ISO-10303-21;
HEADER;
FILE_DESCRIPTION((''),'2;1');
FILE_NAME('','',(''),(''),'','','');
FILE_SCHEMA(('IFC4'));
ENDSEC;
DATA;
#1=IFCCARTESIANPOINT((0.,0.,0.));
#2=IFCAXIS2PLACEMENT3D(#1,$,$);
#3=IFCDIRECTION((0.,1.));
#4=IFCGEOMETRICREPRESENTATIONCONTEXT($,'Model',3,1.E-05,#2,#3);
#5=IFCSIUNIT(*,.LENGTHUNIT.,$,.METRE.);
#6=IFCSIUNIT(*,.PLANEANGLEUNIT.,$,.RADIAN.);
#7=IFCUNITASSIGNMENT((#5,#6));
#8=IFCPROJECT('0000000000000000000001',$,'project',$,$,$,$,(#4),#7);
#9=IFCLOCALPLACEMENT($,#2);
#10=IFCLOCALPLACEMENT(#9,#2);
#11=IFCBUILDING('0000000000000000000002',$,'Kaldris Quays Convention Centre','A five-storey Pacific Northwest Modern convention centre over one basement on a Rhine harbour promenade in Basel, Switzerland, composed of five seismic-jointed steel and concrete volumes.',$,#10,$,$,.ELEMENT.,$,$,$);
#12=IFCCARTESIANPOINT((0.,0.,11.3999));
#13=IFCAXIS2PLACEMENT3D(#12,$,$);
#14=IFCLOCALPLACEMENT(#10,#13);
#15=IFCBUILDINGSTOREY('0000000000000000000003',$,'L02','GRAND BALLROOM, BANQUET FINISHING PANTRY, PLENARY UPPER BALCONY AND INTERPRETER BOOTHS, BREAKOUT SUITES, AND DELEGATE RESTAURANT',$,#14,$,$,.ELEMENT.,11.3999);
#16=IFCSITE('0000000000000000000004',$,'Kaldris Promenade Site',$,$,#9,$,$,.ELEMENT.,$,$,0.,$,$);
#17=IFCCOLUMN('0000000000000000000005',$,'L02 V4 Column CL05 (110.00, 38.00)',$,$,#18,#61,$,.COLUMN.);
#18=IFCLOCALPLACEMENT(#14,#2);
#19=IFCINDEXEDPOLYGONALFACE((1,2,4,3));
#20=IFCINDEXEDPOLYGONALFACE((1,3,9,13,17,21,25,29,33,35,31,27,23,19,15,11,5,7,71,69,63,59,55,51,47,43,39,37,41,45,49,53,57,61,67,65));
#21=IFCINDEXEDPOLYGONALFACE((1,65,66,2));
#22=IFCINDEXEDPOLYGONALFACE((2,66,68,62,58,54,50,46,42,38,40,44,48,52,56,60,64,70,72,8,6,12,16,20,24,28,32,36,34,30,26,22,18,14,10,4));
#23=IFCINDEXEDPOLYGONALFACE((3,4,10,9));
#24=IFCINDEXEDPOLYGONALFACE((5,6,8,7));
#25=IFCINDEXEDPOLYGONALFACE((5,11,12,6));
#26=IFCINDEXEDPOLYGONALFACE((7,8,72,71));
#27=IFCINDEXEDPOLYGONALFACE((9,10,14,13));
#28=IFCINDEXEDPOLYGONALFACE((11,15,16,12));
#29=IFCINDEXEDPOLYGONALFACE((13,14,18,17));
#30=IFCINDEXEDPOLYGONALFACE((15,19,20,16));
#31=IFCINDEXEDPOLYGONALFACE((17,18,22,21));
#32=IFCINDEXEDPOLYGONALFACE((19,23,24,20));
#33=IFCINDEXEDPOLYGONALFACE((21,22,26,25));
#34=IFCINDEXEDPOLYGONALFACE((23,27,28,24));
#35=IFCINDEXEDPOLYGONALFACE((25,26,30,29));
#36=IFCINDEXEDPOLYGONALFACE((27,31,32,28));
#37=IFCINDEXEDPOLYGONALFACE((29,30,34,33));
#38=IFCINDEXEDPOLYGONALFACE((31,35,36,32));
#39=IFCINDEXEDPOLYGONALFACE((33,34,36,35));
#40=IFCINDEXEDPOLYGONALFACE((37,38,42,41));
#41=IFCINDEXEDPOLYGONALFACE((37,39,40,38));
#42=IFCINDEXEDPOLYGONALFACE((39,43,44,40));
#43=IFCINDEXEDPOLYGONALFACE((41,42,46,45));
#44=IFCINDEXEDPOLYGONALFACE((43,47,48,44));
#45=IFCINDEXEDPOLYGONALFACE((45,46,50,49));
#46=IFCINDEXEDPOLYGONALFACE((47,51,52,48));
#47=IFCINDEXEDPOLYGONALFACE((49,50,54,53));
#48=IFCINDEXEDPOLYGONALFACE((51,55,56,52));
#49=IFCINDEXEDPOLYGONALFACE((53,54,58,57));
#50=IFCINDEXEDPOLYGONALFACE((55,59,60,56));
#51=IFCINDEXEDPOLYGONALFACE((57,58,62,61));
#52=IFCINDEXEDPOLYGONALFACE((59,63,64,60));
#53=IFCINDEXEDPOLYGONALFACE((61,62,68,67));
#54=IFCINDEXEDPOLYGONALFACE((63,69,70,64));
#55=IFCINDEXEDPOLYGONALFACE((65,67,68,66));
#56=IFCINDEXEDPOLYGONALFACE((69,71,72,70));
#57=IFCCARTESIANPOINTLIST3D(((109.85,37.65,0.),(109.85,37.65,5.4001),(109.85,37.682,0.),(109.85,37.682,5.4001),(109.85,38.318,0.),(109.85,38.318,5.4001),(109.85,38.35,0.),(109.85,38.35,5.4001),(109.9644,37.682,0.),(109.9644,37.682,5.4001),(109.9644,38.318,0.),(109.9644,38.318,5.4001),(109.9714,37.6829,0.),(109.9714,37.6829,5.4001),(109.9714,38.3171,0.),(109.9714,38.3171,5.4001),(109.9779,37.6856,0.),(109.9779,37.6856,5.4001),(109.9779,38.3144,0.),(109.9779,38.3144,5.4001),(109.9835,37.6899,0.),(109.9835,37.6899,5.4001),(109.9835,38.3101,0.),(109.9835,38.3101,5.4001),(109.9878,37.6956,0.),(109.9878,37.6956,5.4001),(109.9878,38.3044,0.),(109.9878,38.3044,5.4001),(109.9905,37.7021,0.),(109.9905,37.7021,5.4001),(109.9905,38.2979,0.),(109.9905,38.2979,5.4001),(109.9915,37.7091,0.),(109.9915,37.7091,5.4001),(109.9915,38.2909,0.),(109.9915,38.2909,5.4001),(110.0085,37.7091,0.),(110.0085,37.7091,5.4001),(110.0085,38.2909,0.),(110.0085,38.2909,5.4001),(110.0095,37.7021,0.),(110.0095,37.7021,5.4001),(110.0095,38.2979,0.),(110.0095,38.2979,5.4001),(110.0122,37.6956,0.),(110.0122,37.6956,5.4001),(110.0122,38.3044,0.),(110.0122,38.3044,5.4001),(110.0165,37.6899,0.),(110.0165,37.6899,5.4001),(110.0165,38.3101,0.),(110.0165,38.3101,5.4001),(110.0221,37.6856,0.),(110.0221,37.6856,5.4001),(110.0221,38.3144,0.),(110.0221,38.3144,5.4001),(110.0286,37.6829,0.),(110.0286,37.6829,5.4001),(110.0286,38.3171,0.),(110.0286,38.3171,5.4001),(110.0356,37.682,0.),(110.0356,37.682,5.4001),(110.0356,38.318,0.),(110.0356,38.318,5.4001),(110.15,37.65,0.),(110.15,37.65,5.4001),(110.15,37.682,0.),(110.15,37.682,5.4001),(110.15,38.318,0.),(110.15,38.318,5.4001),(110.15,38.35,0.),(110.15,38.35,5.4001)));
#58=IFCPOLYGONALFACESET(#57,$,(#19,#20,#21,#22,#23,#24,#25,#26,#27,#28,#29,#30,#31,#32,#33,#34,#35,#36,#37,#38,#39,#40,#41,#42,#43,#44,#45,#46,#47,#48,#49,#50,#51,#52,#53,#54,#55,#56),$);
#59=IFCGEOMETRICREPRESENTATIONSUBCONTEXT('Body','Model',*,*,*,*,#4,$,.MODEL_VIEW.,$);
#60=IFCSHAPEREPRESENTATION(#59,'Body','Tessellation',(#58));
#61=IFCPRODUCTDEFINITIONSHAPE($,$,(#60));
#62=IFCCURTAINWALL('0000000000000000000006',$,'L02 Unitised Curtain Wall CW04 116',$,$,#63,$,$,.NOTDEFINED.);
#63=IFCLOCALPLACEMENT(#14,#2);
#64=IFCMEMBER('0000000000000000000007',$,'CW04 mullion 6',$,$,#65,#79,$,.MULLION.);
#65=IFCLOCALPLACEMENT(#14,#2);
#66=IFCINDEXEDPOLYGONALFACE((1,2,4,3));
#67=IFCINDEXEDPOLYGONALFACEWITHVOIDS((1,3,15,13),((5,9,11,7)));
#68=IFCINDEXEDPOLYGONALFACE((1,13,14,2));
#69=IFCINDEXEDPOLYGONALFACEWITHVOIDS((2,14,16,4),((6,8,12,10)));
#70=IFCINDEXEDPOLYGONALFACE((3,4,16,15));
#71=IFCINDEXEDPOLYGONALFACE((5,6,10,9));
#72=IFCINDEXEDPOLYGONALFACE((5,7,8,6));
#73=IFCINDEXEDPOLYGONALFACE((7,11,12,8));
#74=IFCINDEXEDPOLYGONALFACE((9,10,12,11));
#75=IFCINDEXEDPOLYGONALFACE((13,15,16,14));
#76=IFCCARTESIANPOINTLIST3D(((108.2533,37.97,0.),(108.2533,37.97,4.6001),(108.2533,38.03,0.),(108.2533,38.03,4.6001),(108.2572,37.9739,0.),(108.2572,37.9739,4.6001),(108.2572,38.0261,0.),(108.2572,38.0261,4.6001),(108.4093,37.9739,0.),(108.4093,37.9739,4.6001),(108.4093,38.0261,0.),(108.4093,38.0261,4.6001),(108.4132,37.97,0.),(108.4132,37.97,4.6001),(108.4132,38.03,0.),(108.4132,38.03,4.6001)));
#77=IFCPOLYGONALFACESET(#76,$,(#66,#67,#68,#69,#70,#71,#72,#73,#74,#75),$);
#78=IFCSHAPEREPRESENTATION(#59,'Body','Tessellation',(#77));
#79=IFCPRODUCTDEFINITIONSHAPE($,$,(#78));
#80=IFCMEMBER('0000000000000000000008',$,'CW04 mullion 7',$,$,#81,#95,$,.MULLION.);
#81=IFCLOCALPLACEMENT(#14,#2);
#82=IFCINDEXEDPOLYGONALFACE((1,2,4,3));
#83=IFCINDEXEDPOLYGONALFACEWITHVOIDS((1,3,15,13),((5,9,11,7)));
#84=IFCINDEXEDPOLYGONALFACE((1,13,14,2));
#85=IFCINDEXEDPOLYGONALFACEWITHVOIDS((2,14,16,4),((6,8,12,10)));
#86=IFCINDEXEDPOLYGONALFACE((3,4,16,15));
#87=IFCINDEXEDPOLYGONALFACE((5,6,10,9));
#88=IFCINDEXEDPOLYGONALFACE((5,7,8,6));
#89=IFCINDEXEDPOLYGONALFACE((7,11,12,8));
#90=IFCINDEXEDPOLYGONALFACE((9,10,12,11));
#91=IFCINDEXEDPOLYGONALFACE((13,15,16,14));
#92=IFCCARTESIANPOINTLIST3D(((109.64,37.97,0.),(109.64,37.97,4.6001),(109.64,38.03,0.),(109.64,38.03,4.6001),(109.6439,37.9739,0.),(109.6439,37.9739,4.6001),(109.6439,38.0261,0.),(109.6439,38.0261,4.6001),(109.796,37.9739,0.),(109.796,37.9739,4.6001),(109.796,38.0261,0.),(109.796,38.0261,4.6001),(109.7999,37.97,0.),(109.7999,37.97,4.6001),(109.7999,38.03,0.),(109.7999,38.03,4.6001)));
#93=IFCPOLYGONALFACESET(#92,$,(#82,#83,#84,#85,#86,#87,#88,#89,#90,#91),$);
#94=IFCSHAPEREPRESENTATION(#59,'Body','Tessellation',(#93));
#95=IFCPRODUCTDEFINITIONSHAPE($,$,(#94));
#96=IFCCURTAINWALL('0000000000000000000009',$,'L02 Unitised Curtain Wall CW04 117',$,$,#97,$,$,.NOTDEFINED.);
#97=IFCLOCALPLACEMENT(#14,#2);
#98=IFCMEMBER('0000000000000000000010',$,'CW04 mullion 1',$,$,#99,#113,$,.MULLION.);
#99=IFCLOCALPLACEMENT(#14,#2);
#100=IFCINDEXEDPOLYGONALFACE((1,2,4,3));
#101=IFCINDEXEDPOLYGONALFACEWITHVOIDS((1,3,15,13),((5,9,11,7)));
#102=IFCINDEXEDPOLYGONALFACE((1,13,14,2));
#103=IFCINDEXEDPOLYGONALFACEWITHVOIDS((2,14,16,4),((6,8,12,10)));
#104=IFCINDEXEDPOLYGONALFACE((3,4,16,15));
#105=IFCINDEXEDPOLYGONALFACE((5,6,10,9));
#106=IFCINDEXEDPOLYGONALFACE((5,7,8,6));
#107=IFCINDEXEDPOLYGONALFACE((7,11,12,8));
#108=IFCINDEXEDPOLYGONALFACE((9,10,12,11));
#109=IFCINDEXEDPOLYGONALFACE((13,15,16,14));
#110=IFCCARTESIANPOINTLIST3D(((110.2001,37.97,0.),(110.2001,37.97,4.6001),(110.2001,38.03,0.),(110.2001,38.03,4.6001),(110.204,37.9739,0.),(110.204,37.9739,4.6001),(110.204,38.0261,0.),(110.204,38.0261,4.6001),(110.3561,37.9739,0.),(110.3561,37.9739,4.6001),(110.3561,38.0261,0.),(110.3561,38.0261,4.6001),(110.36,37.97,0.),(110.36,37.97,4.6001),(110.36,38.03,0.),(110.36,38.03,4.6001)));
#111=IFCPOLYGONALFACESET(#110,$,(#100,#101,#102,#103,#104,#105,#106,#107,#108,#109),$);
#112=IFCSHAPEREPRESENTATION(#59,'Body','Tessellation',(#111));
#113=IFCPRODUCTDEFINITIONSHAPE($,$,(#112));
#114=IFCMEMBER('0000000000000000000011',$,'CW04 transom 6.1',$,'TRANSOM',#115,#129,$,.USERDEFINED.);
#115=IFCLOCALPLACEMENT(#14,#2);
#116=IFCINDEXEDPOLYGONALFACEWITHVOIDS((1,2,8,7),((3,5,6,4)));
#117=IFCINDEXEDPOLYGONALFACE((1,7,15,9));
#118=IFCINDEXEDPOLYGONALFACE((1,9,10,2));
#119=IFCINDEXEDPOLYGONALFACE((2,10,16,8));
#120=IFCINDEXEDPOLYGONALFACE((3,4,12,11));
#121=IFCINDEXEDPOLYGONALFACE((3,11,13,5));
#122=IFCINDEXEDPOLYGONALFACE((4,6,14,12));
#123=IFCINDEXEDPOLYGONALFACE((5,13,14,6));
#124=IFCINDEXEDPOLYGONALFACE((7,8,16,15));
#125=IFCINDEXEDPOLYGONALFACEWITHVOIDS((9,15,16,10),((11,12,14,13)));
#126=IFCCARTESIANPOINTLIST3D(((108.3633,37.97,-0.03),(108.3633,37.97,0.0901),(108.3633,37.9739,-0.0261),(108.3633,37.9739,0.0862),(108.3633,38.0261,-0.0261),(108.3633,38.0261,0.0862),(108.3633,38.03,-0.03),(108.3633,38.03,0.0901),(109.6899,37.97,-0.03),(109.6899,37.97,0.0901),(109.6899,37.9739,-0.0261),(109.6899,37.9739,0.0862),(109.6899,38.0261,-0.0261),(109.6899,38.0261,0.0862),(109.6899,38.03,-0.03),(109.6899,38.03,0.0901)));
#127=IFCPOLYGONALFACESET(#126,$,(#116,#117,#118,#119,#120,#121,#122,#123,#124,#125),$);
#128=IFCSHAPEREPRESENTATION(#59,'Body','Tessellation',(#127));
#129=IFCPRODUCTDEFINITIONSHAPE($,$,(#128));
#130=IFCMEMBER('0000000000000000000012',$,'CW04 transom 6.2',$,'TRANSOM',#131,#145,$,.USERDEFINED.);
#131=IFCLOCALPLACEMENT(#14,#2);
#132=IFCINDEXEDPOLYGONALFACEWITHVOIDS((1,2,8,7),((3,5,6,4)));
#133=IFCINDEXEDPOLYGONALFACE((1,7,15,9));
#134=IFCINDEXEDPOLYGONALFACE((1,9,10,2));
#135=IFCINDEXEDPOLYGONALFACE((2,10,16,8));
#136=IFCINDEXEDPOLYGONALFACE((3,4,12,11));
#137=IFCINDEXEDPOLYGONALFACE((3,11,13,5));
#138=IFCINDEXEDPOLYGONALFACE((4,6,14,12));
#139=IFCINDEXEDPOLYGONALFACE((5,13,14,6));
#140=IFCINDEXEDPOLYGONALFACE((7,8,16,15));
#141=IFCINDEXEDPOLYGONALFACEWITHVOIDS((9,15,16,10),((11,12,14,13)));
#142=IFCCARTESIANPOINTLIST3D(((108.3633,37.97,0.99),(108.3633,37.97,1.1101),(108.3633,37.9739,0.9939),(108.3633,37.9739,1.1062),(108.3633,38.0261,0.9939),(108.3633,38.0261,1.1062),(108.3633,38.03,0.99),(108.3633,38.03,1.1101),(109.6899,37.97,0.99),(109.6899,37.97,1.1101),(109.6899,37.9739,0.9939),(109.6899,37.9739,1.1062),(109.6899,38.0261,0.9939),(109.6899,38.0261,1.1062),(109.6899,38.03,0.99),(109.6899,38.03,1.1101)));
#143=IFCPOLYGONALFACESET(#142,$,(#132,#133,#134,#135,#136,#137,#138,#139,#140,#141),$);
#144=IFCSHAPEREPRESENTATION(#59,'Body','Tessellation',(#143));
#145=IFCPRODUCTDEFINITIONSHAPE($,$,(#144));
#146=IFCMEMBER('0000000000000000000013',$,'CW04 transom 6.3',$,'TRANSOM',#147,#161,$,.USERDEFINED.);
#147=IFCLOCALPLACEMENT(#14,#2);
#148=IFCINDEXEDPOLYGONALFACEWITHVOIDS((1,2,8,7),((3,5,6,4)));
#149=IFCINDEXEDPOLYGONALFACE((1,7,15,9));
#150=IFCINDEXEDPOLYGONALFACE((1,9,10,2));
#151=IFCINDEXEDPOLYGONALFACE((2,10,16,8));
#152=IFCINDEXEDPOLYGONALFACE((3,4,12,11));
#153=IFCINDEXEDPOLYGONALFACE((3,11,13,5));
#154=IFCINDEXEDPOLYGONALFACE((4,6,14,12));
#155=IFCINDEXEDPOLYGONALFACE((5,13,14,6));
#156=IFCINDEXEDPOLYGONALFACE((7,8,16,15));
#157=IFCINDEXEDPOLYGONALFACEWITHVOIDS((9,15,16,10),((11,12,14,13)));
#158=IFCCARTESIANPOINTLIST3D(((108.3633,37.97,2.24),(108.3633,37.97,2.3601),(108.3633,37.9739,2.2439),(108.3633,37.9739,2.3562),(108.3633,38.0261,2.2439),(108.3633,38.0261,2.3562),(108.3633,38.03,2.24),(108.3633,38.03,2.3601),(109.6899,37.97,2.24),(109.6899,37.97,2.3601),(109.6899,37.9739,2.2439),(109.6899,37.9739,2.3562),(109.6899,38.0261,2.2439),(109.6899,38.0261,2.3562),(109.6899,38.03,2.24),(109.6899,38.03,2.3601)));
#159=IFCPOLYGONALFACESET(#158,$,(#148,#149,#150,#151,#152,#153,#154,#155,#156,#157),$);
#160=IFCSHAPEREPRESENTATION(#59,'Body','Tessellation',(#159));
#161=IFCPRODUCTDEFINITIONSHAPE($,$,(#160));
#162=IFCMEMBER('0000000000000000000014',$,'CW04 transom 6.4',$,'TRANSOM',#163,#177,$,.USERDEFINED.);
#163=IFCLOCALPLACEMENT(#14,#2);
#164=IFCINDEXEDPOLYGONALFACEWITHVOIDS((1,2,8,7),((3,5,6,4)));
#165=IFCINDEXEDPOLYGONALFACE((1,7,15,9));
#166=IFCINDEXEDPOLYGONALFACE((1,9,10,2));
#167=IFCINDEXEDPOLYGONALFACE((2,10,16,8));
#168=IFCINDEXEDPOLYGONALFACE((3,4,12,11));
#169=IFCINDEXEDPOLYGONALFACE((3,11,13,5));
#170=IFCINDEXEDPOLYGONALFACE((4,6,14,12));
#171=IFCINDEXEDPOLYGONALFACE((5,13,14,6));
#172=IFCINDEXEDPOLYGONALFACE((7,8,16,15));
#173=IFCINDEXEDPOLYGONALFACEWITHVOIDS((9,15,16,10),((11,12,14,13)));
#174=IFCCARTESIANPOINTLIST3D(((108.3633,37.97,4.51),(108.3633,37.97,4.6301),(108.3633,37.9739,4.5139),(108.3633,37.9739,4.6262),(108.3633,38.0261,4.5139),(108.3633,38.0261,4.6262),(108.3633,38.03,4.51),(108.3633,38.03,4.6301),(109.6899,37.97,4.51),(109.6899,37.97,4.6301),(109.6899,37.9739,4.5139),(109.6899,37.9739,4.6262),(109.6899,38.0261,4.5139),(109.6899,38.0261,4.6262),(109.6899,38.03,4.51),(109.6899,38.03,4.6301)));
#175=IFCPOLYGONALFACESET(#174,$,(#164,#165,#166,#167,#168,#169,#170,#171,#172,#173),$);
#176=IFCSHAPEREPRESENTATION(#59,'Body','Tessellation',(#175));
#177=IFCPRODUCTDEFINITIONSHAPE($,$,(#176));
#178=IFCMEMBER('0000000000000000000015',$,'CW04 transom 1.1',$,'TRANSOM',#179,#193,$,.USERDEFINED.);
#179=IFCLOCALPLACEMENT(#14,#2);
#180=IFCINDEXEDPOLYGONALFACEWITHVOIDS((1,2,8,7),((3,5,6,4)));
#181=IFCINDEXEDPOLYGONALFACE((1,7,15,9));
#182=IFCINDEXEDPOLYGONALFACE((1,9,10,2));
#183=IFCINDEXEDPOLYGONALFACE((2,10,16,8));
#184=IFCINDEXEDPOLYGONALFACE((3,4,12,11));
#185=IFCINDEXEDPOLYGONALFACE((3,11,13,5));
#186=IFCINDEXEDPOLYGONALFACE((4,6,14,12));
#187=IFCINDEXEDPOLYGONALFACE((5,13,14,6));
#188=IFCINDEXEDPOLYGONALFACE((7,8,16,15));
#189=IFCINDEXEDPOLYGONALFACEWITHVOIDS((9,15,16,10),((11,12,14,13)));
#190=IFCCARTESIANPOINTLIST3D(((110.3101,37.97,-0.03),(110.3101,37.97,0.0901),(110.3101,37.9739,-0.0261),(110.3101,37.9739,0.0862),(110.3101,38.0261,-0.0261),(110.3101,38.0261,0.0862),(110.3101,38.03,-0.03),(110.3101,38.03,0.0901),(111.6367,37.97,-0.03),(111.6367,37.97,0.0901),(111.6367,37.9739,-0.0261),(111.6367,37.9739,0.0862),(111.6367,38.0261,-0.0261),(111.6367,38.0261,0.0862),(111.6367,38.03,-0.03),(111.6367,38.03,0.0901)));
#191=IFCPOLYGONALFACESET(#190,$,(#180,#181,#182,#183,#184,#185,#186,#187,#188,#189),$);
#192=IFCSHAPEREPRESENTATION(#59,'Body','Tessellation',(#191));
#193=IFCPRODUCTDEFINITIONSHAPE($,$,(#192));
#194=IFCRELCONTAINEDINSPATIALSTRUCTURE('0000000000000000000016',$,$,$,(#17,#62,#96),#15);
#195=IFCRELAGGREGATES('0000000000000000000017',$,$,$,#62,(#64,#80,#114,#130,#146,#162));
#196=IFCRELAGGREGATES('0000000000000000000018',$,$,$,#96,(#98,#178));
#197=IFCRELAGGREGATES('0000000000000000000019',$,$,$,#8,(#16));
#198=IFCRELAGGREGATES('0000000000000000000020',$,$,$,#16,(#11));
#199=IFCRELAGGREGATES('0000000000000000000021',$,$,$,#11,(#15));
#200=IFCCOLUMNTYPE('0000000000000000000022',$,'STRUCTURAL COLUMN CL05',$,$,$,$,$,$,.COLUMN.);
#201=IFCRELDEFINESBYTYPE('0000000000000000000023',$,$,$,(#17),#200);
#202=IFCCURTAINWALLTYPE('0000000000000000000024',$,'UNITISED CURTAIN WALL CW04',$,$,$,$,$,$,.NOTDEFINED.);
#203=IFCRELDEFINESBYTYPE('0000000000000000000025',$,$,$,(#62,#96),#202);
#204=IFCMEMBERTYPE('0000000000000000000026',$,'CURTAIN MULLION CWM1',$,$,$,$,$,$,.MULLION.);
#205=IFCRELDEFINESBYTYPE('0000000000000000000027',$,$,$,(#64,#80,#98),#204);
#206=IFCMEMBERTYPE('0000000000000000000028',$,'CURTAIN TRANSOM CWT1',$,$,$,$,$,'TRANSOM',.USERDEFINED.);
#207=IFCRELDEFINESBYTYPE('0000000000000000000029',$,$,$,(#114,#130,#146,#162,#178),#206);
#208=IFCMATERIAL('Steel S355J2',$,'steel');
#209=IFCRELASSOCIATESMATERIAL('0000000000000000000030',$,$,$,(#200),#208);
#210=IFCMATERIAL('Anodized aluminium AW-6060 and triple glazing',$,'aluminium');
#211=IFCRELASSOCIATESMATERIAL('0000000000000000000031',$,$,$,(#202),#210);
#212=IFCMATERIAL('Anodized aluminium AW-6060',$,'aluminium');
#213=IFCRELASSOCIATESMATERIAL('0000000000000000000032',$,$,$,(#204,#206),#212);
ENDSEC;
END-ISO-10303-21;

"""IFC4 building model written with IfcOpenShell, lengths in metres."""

from ifc_helpers import new_model, si_unit, direction, frame, origin, origin_2d, place, context, subcontext, project, spatial, hollow_rectangle, i_section, extrude, material, material_profile, profile_set, type_object, element, aggregate, save


model = new_model("IFC4")

# Units and contexts
model_context = context("Model", 3, precision=1e-05, world=origin(), true_north=direction((0.0, 1.0)))
body_context = subcontext(model_context, "Body", "Model", "MODEL_VIEW")
ifc_project = project(units=[si_unit("LENGTHUNIT", "METRE"), si_unit("PLANEANGLEUNIT", "RADIAN")], contexts=[model_context])

# Site, building, storey
site_placement = place(None, origin())
site = spatial("IfcSite", under=ifc_project, at=site_placement, Name="Kaldris Promenade Site", CompositionType="ELEMENT", RefElevation=0.0)
building_placement = place(site_placement, origin())
building = spatial("IfcBuilding", under=site, at=building_placement, Name="Kaldris Quays Convention Centre", Description="A five-storey Pacific Northwest Modern convention centre over one basement on a Rhine harbour promenade in Basel, Switzerland, composed of five seismic-jointed steel and concrete volumes.", CompositionType="ELEMENT")
storey_placement = place(building_placement, frame((0.0, 0.0, 11.3999)))
storey = spatial("IfcBuildingStorey", under=building, at=storey_placement, Name="L02", Description="GRAND BALLROOM, BANQUET FINISHING PANTRY, PLENARY UPPER BALCONY AND INTERPRETER BOOTHS, BREAKOUT SUITES, AND DELEGATE RESTAURANT", CompositionType="ELEMENT", Elevation=11.3999)

# Column
ifc_material_1 = material(Name="Steel S355J2", Category="steel")
ifc_material_profile_1 = material_profile(ifc_material_1, i_section(OverallWidth=0.3, OverallDepth=0.7, WebThickness=0.0171, FlangeThickness=0.032, FilletRadius=0.0271, at=origin_2d()), Name="HEB 700")
ifc_profile_set_1 = profile_set([ifc_material_profile_1], Name="Steel S355J2")
column_type = type_object("IfcColumnType", Name="STRUCTURAL COLUMN CL05", PredefinedType="COLUMN", material=ifc_profile_set_1)
column_placement = place(storey_placement, frame((110.0, 38.0, 0.0), z_axis=(0.0, 0.0, 1.0), x_axis=(1.0, 0.0, 0.0)))
element("IfcColumn", 1, at=column_placement, inside=storey, type_object=column_type, Name="L02 V4 Column CL05 (110.00, 38.00)", PredefinedType="COLUMN", context=body_context, shape_type="SweptSolid", body=[
    extrude(i_section(OverallWidth=0.3, OverallDepth=0.7, WebThickness=0.0171, FlangeThickness=0.032, FilletRadius=0.0271, at=origin_2d()), origin(), (0.0, 0.0, 1.0), 5.4001),
])

# Curtain wall, members
ifc_material_2 = material(Name="Anodized aluminium AW-6060 and triple glazing", Category="aluminium")
curtain_wall_type = type_object("IfcCurtainWallType", Name="UNITISED CURTAIN WALL CW04", PredefinedType="NOTDEFINED", material=ifc_material_2)
curtain_wall_1_placement = place(storey_placement, origin())
curtain_wall_1 = element("IfcCurtainWall", 2, at=curtain_wall_1_placement, inside=storey, type_object=curtain_wall_type, Name="L02 Unitised Curtain Wall CW04 116", PredefinedType="NOTDEFINED")
ifc_material_3 = material(Name="Anodized aluminium AW-6060", Category="aluminium")
ifc_material_profile_2 = material_profile(ifc_material_3, hollow_rectangle(XDim=0.0601, YDim=0.1599, WallThickness=0.0039, at=origin_2d()), Name="RHS 160x60x4")
ifc_profile_set_2 = profile_set([ifc_material_profile_2], Name="Anodized aluminium AW-6060")
member_type_1 = type_object("IfcMemberType", Name="CURTAIN MULLION CWM1", PredefinedType="MULLION", material=ifc_profile_set_2)
member_1_placement = place(storey_placement, frame((108.3333, 38.0, 0.0), z_axis=(0.0, 0.0, 1.0), x_axis=(0.0, 1.0, 0.0)))
member_1 = element("IfcMember", 3, at=member_1_placement, type_object=member_type_1, Name="CW04 mullion 6", PredefinedType="MULLION", context=body_context, shape_type="SweptSolid", body=[
    extrude(hollow_rectangle(XDim=0.0601, YDim=0.1599, WallThickness=0.0039, at=origin_2d()), origin(), (0.0, 0.0, 1.0), 4.6001),
])
member_2_placement = place(storey_placement, frame((109.72, 38.0, 0.0), z_axis=(0.0, 0.0, 1.0), x_axis=(0.0, 1.0, 0.0)))
member_2 = element("IfcMember", 4, at=member_2_placement, type_object=member_type_1, Name="CW04 mullion 7", PredefinedType="MULLION", context=body_context, shape_type="SweptSolid", body=[
    extrude(hollow_rectangle(XDim=0.0601, YDim=0.1599, WallThickness=0.0039, at=origin_2d()), origin(), (0.0, 0.0, 1.0), 4.6001),
])

# Curtain wall, member
curtain_wall_2_placement = place(storey_placement, origin())
curtain_wall_2 = element("IfcCurtainWall", 5, at=curtain_wall_2_placement, inside=storey, type_object=curtain_wall_type, Name="L02 Unitised Curtain Wall CW04 117", PredefinedType="NOTDEFINED")
member_3_placement = place(storey_placement, frame((110.28, 38.0, 0.0), z_axis=(0.0, 0.0, 1.0), x_axis=(0.0, 1.0, 0.0)))
member_3 = element("IfcMember", 6, at=member_3_placement, type_object=member_type_1, Name="CW04 mullion 1", PredefinedType="MULLION", context=body_context, shape_type="SweptSolid", body=[
    extrude(hollow_rectangle(XDim=0.0601, YDim=0.1599, WallThickness=0.0039, at=origin_2d()), origin(), (0.0, 0.0, 1.0), 4.6001),
])

# Members
ifc_material_profile_3 = material_profile(ifc_material_3, hollow_rectangle(XDim=0.0601, YDim=0.1201, WallThickness=0.0039, at=origin_2d()), Name="RHS 120x60x4")
ifc_profile_set_3 = profile_set([ifc_material_profile_3], Name="Anodized aluminium AW-6060")
member_type_2 = type_object("IfcMemberType", Name="CURTAIN TRANSOM CWT1", ElementType="TRANSOM", PredefinedType="USERDEFINED", material=ifc_profile_set_3)
member_4_placement = place(storey_placement, frame((108.3633, 38.0, 0.03), z_axis=(1.0, 0.0, 0.0), x_axis=(0.0, 1.0, 0.0)))
member_4 = element("IfcMember", 7, at=member_4_placement, type_object=member_type_2, Name="CW04 transom 6.1", ObjectType="TRANSOM", PredefinedType="USERDEFINED", context=body_context, shape_type="SweptSolid", body=[
    extrude(hollow_rectangle(XDim=0.0601, YDim=0.1201, WallThickness=0.0039, at=origin_2d()), origin(), (0.0, 0.0, 1.0), 1.3267),
])
member_5_placement = place(storey_placement, frame((108.3633, 38.0, 1.05), z_axis=(1.0, 0.0, 0.0), x_axis=(0.0, 1.0, 0.0)))
member_5 = element("IfcMember", 8, at=member_5_placement, type_object=member_type_2, Name="CW04 transom 6.2", ObjectType="TRANSOM", PredefinedType="USERDEFINED", context=body_context, shape_type="SweptSolid", body=[
    extrude(hollow_rectangle(XDim=0.0601, YDim=0.1201, WallThickness=0.0039, at=origin_2d()), origin(), (0.0, 0.0, 1.0), 1.3267),
])
member_6_placement = place(storey_placement, frame((108.3633, 38.0, 2.3), z_axis=(1.0, 0.0, 0.0), x_axis=(0.0, 1.0, 0.0)))
member_6 = element("IfcMember", 9, at=member_6_placement, type_object=member_type_2, Name="CW04 transom 6.3", ObjectType="TRANSOM", PredefinedType="USERDEFINED", context=body_context, shape_type="SweptSolid", body=[
    extrude(hollow_rectangle(XDim=0.0601, YDim=0.1201, WallThickness=0.0039, at=origin_2d()), origin(), (0.0, 0.0, 1.0), 1.3267),
])
member_7_placement = place(storey_placement, frame((108.3633, 38.0, 4.5701), z_axis=(1.0, 0.0, 0.0), x_axis=(0.0, 1.0, 0.0)))
member_7 = element("IfcMember", 10, at=member_7_placement, type_object=member_type_2, Name="CW04 transom 6.4", ObjectType="TRANSOM", PredefinedType="USERDEFINED", context=body_context, shape_type="SweptSolid", body=[
    extrude(hollow_rectangle(XDim=0.0601, YDim=0.1201, WallThickness=0.0039, at=origin_2d()), origin(), (0.0, 0.0, 1.0), 1.3267),
])
member_8_placement = place(storey_placement, frame((110.3101, 38.0, 0.03), z_axis=(1.0, 0.0, 0.0), x_axis=(0.0, 1.0, 0.0)))
member_8 = element("IfcMember", 11, at=member_8_placement, type_object=member_type_2, Name="CW04 transom 1.1", ObjectType="TRANSOM", PredefinedType="USERDEFINED", context=body_context, shape_type="SweptSolid", body=[
    extrude(hollow_rectangle(XDim=0.0601, YDim=0.1201, WallThickness=0.0039, at=origin_2d()), origin(), (0.0, 0.0, 1.0), 1.3267),
])

aggregate(curtain_wall_1, [member_1, member_2, member_4, member_5, member_6, member_7])
aggregate(curtain_wall_2, [member_3, member_8])

save(model, "model.ifc")
